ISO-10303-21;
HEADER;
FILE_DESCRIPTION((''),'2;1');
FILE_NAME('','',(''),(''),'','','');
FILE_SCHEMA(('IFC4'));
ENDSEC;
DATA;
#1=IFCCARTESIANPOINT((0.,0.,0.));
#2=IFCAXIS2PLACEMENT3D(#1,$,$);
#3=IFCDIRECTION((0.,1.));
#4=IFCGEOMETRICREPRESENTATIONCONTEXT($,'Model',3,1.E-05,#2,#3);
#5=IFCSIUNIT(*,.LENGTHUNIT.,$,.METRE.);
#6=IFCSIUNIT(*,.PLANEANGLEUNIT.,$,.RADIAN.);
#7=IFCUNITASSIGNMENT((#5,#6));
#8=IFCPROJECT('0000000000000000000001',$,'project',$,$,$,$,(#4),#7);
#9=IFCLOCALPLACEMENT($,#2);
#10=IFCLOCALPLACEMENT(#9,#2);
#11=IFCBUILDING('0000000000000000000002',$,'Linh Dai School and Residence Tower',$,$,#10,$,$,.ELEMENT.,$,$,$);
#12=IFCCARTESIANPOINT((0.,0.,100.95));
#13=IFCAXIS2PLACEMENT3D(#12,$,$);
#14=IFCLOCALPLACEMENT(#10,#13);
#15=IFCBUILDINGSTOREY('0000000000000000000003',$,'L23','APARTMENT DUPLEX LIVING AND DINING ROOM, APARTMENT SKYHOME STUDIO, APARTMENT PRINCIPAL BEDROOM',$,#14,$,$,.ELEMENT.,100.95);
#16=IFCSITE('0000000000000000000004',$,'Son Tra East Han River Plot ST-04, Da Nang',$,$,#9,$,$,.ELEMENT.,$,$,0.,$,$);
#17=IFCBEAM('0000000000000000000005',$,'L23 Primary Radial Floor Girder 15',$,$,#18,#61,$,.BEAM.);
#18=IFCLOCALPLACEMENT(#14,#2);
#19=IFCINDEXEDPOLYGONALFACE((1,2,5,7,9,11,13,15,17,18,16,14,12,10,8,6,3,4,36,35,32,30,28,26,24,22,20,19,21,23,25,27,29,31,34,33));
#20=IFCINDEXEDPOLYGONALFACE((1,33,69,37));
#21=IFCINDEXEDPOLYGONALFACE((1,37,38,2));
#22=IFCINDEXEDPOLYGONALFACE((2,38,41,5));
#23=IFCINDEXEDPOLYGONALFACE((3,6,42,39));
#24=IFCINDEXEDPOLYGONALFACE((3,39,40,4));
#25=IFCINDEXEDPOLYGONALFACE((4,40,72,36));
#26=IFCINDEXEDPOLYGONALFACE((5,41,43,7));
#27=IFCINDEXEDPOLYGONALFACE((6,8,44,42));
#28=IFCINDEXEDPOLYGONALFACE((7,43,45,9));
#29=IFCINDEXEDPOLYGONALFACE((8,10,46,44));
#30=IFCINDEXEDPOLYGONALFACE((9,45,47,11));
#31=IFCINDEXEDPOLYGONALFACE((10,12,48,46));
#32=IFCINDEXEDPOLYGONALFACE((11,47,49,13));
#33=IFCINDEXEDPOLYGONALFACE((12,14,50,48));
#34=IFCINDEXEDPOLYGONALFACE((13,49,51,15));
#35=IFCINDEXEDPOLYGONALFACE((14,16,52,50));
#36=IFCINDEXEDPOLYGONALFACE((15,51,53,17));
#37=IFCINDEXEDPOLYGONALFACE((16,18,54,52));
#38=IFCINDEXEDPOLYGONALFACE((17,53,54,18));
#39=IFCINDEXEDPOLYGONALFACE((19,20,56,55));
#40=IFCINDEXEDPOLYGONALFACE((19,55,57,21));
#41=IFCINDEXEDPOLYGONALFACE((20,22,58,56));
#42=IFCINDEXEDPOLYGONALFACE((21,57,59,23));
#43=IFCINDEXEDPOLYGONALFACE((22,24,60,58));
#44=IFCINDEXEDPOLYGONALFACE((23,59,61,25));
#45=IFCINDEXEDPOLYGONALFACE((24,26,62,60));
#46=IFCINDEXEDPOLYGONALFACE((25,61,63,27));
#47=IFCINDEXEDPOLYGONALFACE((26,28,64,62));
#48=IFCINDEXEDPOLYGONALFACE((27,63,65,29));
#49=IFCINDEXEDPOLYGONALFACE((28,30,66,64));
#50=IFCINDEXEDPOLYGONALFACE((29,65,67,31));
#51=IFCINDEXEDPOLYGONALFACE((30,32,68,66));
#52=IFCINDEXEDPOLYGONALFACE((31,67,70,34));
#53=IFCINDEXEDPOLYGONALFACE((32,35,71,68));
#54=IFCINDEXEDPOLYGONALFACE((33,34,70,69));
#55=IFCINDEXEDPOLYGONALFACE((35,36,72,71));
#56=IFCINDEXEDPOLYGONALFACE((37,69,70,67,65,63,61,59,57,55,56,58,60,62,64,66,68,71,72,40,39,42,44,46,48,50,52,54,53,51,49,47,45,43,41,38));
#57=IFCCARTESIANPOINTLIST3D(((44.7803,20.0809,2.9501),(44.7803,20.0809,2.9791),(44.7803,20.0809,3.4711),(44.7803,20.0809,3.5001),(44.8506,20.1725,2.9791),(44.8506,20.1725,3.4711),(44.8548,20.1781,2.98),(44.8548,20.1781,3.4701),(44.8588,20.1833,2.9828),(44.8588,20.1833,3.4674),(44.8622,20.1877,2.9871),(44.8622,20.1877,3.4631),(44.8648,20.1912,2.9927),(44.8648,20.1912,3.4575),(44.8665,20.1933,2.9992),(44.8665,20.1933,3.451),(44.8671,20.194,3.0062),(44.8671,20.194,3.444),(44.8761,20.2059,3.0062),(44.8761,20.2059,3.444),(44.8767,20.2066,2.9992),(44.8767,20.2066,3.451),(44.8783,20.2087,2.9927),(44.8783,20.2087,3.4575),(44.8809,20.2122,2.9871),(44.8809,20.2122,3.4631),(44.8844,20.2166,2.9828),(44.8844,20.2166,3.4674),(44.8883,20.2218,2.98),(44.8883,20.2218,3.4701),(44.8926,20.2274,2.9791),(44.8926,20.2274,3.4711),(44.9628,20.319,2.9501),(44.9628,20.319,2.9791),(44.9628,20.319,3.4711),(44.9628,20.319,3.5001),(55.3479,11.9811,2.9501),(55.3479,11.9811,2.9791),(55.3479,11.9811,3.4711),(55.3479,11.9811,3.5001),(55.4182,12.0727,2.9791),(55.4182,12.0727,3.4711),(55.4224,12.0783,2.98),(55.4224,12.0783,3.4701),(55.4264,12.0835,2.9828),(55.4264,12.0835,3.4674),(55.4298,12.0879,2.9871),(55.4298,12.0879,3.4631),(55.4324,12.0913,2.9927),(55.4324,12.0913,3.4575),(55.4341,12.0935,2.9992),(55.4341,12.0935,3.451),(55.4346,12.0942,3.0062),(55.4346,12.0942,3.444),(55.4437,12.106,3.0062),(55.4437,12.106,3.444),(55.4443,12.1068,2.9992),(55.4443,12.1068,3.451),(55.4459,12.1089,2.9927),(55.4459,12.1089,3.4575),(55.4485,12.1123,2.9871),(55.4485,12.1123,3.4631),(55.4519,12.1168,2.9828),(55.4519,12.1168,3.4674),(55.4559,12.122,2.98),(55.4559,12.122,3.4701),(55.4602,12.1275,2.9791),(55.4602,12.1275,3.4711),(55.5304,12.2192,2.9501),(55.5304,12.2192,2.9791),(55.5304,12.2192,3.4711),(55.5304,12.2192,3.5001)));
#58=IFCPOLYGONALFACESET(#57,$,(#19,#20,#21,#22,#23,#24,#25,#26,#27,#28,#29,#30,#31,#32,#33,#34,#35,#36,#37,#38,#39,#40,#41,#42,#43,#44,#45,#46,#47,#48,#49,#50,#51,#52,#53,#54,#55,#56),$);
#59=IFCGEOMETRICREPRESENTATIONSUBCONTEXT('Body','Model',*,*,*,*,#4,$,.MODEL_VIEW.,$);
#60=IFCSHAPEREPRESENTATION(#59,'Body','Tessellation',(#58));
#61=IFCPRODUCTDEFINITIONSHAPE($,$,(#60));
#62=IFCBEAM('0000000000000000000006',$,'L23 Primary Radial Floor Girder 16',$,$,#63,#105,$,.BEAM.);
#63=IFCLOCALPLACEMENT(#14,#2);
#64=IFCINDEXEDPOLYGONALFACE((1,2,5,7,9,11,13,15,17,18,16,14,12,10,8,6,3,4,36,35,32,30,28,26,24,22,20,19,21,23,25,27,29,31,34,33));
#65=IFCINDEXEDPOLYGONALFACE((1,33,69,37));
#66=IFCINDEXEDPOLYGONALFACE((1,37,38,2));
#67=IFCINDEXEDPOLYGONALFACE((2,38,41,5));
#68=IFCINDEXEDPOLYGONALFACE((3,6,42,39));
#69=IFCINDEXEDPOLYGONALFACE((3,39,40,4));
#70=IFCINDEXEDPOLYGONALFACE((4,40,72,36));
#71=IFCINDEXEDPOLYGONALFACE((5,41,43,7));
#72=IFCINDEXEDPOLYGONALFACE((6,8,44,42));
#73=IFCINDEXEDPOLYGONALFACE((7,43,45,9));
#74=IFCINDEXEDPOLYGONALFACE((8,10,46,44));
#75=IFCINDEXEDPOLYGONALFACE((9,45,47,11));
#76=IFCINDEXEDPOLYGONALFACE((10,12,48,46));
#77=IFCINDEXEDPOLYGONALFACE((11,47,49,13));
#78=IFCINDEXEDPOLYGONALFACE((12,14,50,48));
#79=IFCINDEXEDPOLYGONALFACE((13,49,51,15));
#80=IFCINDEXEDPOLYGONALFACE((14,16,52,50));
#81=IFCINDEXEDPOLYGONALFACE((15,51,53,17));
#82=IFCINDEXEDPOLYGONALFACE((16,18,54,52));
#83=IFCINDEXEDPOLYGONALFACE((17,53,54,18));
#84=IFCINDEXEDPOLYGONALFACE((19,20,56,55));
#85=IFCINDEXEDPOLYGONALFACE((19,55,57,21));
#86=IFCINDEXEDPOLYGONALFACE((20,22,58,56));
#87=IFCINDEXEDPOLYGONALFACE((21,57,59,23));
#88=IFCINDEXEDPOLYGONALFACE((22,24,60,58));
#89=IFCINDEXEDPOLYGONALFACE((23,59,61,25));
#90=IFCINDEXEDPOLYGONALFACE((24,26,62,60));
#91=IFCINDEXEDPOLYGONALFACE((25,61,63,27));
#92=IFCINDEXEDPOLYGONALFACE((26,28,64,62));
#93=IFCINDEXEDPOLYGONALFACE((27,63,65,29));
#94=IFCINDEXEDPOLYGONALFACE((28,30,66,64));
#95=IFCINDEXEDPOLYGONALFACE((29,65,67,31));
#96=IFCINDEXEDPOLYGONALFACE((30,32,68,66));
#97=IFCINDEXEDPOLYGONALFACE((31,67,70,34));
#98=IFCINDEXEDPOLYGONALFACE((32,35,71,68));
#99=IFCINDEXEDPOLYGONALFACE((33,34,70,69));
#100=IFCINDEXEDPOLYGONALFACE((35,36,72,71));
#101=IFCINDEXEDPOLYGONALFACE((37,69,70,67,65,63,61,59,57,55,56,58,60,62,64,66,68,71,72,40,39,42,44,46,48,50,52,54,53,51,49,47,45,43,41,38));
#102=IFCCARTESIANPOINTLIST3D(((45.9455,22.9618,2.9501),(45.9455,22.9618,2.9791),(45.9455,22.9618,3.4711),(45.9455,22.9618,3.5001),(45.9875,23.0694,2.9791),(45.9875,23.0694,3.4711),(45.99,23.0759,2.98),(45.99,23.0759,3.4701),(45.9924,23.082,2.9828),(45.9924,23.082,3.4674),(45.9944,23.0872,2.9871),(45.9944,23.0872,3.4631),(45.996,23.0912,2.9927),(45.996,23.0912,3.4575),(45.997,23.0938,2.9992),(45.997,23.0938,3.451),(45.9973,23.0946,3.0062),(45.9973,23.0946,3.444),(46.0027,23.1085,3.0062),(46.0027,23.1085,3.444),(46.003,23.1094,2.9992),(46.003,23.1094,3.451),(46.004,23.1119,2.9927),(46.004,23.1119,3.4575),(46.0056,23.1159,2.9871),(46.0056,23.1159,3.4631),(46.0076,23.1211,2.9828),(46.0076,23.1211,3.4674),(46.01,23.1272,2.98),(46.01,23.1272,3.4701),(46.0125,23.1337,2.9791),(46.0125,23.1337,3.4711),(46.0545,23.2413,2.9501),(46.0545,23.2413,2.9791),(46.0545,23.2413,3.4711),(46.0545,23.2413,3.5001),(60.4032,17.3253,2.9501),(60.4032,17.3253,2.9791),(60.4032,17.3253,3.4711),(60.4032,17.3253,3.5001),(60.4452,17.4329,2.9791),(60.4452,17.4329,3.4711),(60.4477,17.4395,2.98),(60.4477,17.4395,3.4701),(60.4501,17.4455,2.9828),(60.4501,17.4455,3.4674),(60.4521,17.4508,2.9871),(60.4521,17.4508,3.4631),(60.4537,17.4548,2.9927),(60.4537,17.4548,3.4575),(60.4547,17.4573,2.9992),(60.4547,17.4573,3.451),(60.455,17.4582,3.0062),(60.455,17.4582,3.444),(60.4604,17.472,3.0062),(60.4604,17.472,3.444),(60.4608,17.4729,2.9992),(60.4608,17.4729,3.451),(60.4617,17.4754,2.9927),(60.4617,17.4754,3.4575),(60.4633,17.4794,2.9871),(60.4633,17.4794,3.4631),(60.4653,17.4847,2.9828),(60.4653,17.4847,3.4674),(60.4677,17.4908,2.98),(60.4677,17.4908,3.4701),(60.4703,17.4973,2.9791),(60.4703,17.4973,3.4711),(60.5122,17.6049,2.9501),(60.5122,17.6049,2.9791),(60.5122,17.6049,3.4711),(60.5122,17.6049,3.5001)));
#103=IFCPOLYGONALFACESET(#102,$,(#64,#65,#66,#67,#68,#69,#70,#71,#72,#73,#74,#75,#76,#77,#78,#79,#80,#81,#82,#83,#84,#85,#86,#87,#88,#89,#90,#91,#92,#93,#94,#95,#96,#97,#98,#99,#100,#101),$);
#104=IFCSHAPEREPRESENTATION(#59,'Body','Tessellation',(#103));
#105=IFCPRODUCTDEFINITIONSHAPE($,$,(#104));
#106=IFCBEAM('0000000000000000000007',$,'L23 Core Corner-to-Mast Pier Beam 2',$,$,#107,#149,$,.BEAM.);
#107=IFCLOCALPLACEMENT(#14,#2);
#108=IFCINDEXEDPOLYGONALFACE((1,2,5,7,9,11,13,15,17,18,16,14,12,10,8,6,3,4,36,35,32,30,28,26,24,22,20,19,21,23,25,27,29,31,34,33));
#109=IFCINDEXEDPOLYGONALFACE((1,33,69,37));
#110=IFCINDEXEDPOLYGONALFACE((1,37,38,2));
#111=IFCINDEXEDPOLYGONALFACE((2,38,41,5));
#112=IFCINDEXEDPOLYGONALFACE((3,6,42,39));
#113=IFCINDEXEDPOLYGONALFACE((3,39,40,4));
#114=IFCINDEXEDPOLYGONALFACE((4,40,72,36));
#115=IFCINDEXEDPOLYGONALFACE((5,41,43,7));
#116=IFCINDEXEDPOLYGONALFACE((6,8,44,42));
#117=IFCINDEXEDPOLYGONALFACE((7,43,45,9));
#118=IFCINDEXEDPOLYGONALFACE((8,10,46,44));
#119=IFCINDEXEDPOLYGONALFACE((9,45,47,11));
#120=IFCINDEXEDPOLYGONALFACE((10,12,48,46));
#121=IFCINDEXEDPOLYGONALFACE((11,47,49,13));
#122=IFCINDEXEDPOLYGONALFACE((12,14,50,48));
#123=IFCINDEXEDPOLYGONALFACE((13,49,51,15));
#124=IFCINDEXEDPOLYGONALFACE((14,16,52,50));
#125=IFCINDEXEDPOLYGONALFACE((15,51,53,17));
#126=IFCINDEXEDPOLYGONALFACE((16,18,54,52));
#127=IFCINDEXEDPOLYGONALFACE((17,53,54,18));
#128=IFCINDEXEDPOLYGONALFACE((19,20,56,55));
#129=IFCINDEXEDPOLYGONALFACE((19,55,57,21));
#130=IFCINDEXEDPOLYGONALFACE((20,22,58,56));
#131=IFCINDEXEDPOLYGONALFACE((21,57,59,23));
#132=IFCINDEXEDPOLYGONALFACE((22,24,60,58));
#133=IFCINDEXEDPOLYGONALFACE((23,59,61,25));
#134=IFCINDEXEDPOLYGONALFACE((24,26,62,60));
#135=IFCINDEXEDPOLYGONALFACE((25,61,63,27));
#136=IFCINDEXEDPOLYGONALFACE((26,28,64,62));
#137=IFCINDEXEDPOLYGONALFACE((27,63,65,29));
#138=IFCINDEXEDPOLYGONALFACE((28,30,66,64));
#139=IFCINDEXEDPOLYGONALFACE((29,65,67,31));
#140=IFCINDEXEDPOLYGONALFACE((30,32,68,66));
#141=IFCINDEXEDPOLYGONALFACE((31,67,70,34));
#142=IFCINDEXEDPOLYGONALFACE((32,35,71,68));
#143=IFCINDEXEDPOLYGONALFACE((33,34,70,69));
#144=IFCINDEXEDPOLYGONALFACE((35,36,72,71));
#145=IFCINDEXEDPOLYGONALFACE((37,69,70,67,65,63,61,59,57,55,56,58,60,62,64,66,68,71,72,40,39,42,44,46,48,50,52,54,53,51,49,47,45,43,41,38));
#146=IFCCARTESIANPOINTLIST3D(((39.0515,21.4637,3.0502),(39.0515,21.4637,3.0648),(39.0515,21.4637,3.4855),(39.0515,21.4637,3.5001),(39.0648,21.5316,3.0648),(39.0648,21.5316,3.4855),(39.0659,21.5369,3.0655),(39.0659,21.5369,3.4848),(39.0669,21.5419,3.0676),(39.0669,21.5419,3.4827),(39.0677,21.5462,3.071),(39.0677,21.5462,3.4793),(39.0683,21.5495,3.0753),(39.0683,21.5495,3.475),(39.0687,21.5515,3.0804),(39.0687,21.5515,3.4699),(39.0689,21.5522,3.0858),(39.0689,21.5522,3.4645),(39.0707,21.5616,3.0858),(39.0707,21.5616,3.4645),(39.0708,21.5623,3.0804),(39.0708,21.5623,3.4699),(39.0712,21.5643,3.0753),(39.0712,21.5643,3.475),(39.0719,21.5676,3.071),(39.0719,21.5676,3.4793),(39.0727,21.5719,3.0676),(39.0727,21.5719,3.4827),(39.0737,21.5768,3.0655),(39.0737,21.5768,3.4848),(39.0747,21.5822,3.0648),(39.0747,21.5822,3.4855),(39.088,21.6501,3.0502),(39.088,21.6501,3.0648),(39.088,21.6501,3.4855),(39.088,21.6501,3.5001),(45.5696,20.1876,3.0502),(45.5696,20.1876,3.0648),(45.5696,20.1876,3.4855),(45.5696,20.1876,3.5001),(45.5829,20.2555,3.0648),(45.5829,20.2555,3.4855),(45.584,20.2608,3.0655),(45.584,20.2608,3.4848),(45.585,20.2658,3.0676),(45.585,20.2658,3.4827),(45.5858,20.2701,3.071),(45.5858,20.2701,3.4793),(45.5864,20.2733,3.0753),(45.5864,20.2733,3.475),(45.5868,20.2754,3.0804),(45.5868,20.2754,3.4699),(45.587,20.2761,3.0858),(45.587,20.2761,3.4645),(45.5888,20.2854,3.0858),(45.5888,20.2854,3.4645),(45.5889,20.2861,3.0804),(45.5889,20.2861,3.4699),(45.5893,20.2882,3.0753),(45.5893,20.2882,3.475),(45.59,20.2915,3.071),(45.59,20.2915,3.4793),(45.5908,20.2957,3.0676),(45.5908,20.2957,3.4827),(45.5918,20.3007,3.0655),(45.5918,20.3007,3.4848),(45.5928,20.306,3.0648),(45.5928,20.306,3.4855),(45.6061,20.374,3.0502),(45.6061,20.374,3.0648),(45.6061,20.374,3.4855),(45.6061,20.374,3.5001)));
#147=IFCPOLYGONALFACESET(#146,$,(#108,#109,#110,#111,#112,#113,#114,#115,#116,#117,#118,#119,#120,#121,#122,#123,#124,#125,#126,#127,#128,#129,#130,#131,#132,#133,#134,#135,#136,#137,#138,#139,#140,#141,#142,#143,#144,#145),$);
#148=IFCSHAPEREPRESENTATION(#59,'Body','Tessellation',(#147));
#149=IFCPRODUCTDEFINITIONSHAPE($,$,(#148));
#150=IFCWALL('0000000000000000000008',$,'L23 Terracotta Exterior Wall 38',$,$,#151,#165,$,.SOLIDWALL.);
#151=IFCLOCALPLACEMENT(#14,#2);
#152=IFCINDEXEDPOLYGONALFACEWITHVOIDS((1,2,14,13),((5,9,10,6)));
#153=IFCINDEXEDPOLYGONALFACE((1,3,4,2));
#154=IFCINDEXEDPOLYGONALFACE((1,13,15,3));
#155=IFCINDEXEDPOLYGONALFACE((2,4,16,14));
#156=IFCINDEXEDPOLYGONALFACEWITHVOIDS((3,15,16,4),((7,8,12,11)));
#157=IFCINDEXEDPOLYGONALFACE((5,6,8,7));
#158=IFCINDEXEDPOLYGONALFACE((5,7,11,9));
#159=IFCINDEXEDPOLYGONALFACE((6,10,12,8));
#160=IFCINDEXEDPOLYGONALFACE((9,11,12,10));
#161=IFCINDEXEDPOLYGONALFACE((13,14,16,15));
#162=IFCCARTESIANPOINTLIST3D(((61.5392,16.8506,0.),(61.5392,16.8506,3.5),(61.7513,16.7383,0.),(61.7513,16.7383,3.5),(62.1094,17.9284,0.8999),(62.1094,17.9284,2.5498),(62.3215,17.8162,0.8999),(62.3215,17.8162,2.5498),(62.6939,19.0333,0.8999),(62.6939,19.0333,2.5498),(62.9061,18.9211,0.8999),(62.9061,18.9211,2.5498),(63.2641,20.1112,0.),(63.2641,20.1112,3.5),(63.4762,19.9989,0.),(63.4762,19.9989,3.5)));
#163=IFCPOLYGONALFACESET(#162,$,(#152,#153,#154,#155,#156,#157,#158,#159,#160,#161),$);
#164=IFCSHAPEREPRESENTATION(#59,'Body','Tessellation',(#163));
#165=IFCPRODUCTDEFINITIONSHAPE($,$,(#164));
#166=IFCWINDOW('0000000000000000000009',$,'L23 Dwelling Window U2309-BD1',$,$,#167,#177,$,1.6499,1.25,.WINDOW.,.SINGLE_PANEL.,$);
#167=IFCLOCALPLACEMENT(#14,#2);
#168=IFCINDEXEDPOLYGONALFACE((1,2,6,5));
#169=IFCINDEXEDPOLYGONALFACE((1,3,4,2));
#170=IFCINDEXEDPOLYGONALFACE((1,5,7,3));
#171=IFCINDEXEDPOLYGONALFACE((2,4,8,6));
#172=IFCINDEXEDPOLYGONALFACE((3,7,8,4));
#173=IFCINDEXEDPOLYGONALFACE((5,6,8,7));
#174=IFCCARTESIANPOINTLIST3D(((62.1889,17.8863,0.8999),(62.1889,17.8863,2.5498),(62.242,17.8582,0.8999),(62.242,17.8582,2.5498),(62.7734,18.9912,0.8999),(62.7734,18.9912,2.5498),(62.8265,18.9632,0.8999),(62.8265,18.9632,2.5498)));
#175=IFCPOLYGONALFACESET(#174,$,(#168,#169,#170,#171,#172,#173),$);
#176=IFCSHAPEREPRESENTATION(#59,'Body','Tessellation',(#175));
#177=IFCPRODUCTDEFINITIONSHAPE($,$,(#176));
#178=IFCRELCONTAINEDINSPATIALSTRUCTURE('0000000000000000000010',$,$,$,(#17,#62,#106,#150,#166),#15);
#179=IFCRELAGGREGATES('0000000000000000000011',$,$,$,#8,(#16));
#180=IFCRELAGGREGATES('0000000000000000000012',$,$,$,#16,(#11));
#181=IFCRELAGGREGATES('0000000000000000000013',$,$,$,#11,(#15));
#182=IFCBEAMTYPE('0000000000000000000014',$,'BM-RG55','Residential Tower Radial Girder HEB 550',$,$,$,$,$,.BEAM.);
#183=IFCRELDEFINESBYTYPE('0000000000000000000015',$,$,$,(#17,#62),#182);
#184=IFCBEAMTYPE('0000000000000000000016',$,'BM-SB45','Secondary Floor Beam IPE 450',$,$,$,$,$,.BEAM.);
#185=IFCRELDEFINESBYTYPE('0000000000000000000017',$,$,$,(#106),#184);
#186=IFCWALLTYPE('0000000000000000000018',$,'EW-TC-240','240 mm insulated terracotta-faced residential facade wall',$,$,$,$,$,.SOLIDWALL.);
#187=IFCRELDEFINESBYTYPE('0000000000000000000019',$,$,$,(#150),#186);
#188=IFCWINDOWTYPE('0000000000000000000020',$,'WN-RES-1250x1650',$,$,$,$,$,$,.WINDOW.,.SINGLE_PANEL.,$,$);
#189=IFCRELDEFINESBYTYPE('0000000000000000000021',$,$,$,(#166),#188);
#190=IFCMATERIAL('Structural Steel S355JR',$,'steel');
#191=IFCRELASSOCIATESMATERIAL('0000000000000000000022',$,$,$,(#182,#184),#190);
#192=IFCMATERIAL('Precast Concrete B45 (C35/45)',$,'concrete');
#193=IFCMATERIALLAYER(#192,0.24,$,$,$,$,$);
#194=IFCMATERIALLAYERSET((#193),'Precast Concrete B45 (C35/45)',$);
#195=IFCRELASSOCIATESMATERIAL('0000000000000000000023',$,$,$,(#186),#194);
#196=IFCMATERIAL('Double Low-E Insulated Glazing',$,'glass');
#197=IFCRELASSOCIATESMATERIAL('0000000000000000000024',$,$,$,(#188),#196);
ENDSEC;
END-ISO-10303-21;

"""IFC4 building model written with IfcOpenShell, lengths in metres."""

from ifc_helpers import new_model, si_unit, direction, frame, frame_2d, origin, origin_2d, place, context, subcontext, project, spatial, rectangle, i_section, extrude, source, transform, mapped, material, layer, layer_set, material_profile, profile_set, type_object, element, fill, save


model = new_model("IFC4")

# Units and contexts
model_context = context("Model", 3, precision=1e-05, world=origin(), true_north=direction((0.0, 1.0)))
body_context = subcontext(model_context, "Body", "Model", "MODEL_VIEW")
ifc_project = project(units=[si_unit("LENGTHUNIT", "METRE"), si_unit("PLANEANGLEUNIT", "RADIAN")], contexts=[model_context])

# Site, building, storey
site_placement = place(None, origin())
site = spatial("IfcSite", under=ifc_project, at=site_placement, Name="Son Tra East Han River Plot ST-04, Da Nang", CompositionType="ELEMENT", RefElevation=0.0)
building_placement = place(site_placement, origin())
building = spatial("IfcBuilding", under=site, at=building_placement, Name="Linh Dai School and Residence Tower", CompositionType="ELEMENT")
storey_placement = place(building_placement, frame((0.0, 0.0, 100.95)))
storey = spatial("IfcBuildingStorey", under=building, at=storey_placement, Name="L23", Description="APARTMENT DUPLEX LIVING AND DINING ROOM, APARTMENT SKYHOME STUDIO, APARTMENT PRINCIPAL BEDROOM", CompositionType="ELEMENT", Elevation=100.95)

# Shared definitions
ifc_material_1 = material(Name="Structural Steel S355JR", Category="steel")

# Beams
ifc_material_profile_1 = material_profile(ifc_material_1, i_section(OverallWidth=0.3, OverallDepth=0.55, WebThickness=0.0149, FlangeThickness=0.0291, FilletRadius=0.0271, at=origin_2d()), Name="HEB 550")
ifc_profile_set_1 = profile_set([ifc_material_profile_1], Name="Structural Steel S355JR")
beam_type_1 = type_object("IfcBeamType", Name="BM-RG55", Description="Residential Tower Radial Girder HEB 550", PredefinedType="BEAM", material=ifc_profile_set_1)
beam_1_placement = place(storey_placement, frame((44.8716, 20.2, 3.2251), z_axis=(0.793679, -0.608337, 0.0), x_axis=(0.608337, 0.793679, 0.0)))
element("IfcBeam", 1, at=beam_1_placement, inside=storey, type_object=beam_type_1, Name="L23 Primary Radial Floor Girder 15", PredefinedType="BEAM", context=body_context, shape_type="SweptSolid", body=[
    extrude(i_section(OverallWidth=0.3, OverallDepth=0.55, WebThickness=0.0149, FlangeThickness=0.0291, FilletRadius=0.0271, at=origin_2d()), origin(), (0.0, 0.0, 1.0), 13.3147),
])
beam_2_placement = place(storey_placement, frame((46.0, 23.1016, 3.2251), z_axis=(0.931699, -0.36323, 0.0), x_axis=(0.36323, 0.931699, 0.0)))
element("IfcBeam", 2, at=beam_2_placement, inside=storey, type_object=beam_type_1, Name="L23 Primary Radial Floor Girder 16", PredefinedType="BEAM", context=body_context, shape_type="SweptSolid", body=[
    extrude(i_section(OverallWidth=0.3, OverallDepth=0.55, WebThickness=0.0149, FlangeThickness=0.0291, FilletRadius=0.0271, at=origin_2d()), origin(), (0.0, 0.0, 1.0), 15.5176),
])
ifc_material_profile_2 = material_profile(ifc_material_1, i_section(OverallWidth=0.1899, OverallDepth=0.45, WebThickness=0.0095, FlangeThickness=0.0146, FilletRadius=0.021, at=origin_2d()), Name="IPE 450")
ifc_profile_set_2 = profile_set([ifc_material_profile_2], Name="Structural Steel S355JR")
beam_type_2 = type_object("IfcBeamType", Name="BM-SB45", Description="Secondary Floor Beam IPE 450", PredefinedType="BEAM", material=ifc_profile_set_2)
beam_3_placement = place(storey_placement, frame((45.5879, 20.2808, 3.2751), z_axis=(-0.981369, 0.192135, 0.0), x_axis=(-0.192135, -0.981369, 0.0)))
element("IfcBeam", 3, at=beam_3_placement, inside=storey, type_object=beam_type_2, Name="L23 Core Corner-to-Mast Pier Beam 2", PredefinedType="BEAM", context=body_context, shape_type="SweptSolid", body=[
    extrude(i_section(OverallWidth=0.1899, OverallDepth=0.45, WebThickness=0.0095, FlangeThickness=0.0146, FilletRadius=0.021, at=origin_2d()), origin(), (0.0, 0.0, 1.0), 6.6418),
])

# Wall, opening, window
ifc_material_2 = material(Name="Precast Concrete B45 (C35/45)", Category="concrete")
ifc_layer_1 = layer(ifc_material_2, 0.24)
ifc_layer_set_1 = layer_set([ifc_layer_1], Name="Precast Concrete B45 (C35/45)")
wall_type_1 = type_object("IfcWallType", Name="EW-TC-240", Description="240 mm insulated terracotta-faced residential facade wall", PredefinedType="SOLIDWALL", material=ifc_layer_set_1)
wall_1_placement = place(storey_placement, frame((63.3701, 20.0549, 0.0), z_axis=(0.0, 0.0, 1.0), x_axis=(-0.467614, -0.883933, 0.0)))
wall_1 = element("IfcWall", 4, at=wall_1_placement, inside=storey, type_object=wall_type_1, Name="L23 Terracotta Exterior Wall 38", PredefinedType="SOLIDWALL", context=body_context, shape_type="SweptSolid", body=[
    extrude(rectangle(XDim=3.6887, YDim=0.24, at=frame_2d((1.8442, 0.0))), origin(), (0.0, 0.0, 1.0), 3.5),
])
opening_1_placement = place(wall_1_placement, frame((1.2192, 0.0, 0.8999)))
opening_1 = element("IfcOpeningElement", 5, at=opening_1_placement, cuts=wall_1, PredefinedType="OPENING", context=body_context, shape_type="SweptSolid", body=[
    extrude(rectangle(XDim=1.25, YDim=1.6499, at=origin_2d()), frame((0.625, 0.1299, 0.825), z_axis=(0.0, -1.0, 0.0), x_axis=(1.0, 0.0, 0.0)), (0.0, 0.0, 1.0), 0.26),
])
ifc_material_3 = material(Name="Double Low-E Insulated Glazing", Category="glass")
window_type = type_object("IfcWindowType", Name="WN-RES-1250x1650", PartitioningType="SINGLE_PANEL", PredefinedType="WINDOW", material=ifc_material_3)
shared_shape_1 = source(origin(), body_context, "Body", "SweptSolid", [
    extrude(rectangle(XDim=1.25, YDim=1.6499, at=origin_2d()), frame((0.625, 0.03, 0.825), z_axis=(0.0, -1.0, 0.0), x_axis=(1.0, 0.0, 0.0)), (0.0, 0.0, 1.0), 0.0601),
])
window_placement = place(opening_1_placement, origin())
window = element("IfcWindow", 6, at=window_placement, inside=storey, type_object=window_type, Name="L23 Dwelling Window U2309-BD1", OverallHeight=1.6499, OverallWidth=1.25, PartitioningType="SINGLE_PANEL", PredefinedType="WINDOW", context=body_context, shape_type="MappedRepresentation", body=[
    mapped(shared_shape_1, transform((0.0, 0.0, 0.0), x_axis=(1.0, 0.0, 0.0), y_axis=(0.0, 1.0, 0.0), z_axis=(0.0, 0.0, 1.0), scale=1.0)),
])
fill(opening_1, window)

save(model, "model.ifc")
